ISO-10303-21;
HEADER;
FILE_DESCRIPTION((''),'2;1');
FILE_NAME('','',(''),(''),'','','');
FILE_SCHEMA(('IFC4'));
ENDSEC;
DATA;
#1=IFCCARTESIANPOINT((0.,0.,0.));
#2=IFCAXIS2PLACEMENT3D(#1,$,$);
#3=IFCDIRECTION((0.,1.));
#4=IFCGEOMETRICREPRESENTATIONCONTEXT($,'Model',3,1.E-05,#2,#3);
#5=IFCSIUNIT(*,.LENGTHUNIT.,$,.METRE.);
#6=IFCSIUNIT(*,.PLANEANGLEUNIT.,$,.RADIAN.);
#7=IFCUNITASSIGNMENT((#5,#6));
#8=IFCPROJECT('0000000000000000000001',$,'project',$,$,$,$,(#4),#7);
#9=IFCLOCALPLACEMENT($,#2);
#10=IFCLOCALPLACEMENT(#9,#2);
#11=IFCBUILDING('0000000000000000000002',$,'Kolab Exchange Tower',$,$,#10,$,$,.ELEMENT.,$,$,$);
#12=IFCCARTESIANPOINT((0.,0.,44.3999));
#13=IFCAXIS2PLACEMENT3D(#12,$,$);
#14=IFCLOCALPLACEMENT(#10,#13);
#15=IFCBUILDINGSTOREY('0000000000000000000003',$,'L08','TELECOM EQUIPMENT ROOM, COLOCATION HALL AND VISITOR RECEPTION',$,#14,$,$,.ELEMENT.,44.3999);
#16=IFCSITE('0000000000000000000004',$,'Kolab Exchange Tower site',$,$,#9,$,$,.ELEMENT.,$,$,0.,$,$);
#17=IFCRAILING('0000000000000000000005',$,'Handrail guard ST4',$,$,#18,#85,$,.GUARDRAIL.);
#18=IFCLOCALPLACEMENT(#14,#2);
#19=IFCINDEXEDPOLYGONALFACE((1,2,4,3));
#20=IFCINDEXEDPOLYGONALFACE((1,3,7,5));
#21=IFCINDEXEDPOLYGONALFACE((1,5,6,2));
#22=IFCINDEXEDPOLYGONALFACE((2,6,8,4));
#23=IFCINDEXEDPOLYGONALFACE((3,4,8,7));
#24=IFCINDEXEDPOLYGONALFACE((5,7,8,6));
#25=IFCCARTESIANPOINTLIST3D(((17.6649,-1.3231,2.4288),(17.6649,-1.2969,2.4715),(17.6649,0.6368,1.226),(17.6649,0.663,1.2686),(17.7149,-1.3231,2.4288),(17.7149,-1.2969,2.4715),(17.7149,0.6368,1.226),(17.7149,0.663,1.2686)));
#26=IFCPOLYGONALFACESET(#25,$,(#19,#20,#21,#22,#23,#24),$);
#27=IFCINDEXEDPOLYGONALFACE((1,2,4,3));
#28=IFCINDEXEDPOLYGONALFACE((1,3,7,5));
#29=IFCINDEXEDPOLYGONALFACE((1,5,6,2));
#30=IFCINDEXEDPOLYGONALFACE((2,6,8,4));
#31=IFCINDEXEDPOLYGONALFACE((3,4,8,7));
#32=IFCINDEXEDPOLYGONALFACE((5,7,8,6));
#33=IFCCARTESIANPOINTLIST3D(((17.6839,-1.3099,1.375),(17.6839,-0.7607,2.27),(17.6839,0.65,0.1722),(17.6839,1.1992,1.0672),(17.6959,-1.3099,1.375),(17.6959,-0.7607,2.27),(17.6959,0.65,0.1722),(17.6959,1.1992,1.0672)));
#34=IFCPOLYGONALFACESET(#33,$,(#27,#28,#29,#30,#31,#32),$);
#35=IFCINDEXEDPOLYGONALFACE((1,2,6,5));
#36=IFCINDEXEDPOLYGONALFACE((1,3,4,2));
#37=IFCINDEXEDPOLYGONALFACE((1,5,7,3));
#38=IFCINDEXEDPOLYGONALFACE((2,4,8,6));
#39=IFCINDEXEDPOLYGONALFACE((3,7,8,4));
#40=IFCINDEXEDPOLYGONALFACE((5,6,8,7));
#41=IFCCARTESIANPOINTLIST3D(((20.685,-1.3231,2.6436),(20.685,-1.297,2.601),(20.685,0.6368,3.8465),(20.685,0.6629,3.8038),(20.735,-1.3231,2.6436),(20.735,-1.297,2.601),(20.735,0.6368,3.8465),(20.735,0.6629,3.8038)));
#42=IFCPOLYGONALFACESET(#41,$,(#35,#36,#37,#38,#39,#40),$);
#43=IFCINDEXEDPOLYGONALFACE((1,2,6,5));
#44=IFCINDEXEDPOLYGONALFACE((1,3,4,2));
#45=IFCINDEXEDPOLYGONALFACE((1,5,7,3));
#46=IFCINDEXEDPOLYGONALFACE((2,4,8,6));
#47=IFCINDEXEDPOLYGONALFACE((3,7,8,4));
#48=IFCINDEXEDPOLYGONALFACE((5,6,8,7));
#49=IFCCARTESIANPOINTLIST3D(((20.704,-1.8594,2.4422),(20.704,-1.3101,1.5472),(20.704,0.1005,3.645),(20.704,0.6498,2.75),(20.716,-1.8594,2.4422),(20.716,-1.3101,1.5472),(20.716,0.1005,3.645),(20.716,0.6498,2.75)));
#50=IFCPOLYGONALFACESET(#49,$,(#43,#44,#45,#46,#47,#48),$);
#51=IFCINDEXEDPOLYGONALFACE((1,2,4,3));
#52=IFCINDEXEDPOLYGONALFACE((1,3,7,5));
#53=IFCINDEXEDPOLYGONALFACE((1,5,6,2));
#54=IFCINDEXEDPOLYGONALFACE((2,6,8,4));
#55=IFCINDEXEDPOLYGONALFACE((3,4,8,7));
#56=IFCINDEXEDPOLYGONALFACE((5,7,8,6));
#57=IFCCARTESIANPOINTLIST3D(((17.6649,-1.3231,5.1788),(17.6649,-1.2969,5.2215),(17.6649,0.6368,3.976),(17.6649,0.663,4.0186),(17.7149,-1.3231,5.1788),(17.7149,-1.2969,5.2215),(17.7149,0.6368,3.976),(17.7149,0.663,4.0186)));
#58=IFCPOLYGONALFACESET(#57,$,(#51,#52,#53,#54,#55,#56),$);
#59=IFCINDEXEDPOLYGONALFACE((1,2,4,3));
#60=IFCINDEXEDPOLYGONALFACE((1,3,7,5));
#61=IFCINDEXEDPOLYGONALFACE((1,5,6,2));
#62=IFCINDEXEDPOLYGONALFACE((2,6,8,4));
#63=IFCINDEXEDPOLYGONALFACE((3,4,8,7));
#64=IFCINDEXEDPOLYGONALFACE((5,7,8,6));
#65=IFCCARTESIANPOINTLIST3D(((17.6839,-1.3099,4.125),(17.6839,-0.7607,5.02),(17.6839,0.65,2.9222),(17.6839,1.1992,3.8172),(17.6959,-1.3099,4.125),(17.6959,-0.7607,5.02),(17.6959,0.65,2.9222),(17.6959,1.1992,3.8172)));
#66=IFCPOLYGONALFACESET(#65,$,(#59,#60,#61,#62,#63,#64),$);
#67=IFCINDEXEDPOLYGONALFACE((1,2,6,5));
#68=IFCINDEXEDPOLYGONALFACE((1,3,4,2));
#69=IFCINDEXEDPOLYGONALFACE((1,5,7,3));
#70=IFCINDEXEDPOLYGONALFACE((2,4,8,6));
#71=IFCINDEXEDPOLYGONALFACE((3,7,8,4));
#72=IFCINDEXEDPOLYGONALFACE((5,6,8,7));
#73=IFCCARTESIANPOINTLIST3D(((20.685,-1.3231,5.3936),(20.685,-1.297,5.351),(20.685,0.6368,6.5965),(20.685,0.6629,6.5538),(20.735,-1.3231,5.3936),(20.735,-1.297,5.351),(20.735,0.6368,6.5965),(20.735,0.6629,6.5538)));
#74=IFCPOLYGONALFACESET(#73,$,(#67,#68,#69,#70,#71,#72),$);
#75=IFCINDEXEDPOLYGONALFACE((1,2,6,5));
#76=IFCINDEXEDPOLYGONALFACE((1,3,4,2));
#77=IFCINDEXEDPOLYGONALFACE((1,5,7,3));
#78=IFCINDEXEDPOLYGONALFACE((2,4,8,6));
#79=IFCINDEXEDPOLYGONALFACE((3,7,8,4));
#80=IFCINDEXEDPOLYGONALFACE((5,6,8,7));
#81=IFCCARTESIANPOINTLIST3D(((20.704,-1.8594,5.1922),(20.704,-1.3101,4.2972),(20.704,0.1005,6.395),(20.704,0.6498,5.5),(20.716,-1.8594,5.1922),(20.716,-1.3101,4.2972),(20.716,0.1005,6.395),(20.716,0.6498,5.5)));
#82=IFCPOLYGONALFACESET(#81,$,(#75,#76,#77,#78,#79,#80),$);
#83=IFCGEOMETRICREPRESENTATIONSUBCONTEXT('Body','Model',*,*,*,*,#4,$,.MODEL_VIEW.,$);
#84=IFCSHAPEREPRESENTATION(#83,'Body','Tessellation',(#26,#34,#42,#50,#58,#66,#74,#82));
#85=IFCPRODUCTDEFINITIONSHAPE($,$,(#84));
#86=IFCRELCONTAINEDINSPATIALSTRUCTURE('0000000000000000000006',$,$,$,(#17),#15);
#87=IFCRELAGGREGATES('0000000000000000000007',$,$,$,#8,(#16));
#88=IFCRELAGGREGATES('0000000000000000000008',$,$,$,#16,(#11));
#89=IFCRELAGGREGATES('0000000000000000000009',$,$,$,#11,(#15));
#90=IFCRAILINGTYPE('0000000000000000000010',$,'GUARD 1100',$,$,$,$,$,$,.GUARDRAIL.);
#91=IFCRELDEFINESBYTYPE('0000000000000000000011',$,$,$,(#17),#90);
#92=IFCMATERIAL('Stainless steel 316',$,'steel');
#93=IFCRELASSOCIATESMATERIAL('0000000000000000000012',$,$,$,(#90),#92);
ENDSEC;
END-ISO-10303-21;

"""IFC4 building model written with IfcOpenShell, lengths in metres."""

from ifc_helpers import new_model, si_unit, direction, frame, frame_2d, origin, origin_2d, place, context, subcontext, project, spatial, rectangle, extrude, material, type_object, element, save


model = new_model("IFC4")

# Units and contexts
model_context = context("Model", 3, precision=1e-05, world=origin(), true_north=direction((0.0, 1.0)))
body_context = subcontext(model_context, "Body", "Model", "MODEL_VIEW")
ifc_project = project(units=[si_unit("LENGTHUNIT", "METRE"), si_unit("PLANEANGLEUNIT", "RADIAN")], contexts=[model_context])

# Site, building, storey
site_placement = place(None, origin())
site = spatial("IfcSite", under=ifc_project, at=site_placement, Name="Kolab Exchange Tower site", CompositionType="ELEMENT", RefElevation=0.0)
building_placement = place(site_placement, origin())
building = spatial("IfcBuilding", under=site, at=building_placement, Name="Kolab Exchange Tower", CompositionType="ELEMENT")
storey_placement = place(building_placement, frame((0.0, 0.0, 44.3999)))
storey = spatial("IfcBuildingStorey", under=building, at=storey_placement, Name="L08", Description="TELECOM EQUIPMENT ROOM, COLOCATION HALL AND VISITOR RECEPTION", CompositionType="ELEMENT", Elevation=44.3999)

# Railing
ifc_material_1 = material(Name="Stainless steel 316", Category="steel")
railing_type = type_object("IfcRailingType", Name="GUARD 1100", PredefinedType="GUARDRAIL", material=ifc_material_1)
railing_placement = place(storey_placement, frame((17.6899, 0.6499, 0.1721)))
element("IfcRailing", 1, at=railing_placement, inside=storey, type_object=railing_type, Name="Handrail guard ST4", PredefinedType="GUARDRAIL", context=body_context, shape_type="SweptSolid", body=[
    extrude(rectangle(XDim=0.05, YDim=0.05, at=origin_2d()), frame((0.0, 0.0, 1.0752), z_axis=(0.0, -0.852288, 0.523072), x_axis=(1.0, 0.0, 0.0)), (0.0, 0.0, 1.0), 2.2996),
    extrude(rectangle(XDim=0.012, YDim=1.0501, at=frame_2d((0.0, 0.5251))), frame((0.0, 0.0, 0.0), z_axis=(0.0, -0.852288, 0.523072), x_axis=(1.0, 0.0, 0.0)), (0.0, 0.0, 1.0), 2.2996),
    extrude(rectangle(XDim=0.05, YDim=0.05, at=origin_2d()), frame((3.02, -1.96, 2.4502), z_axis=(0.0, 0.852288, 0.523072), x_axis=(-1.0, 0.0, 0.0)), (0.0, 0.0, 1.0), 2.2996),
    extrude(rectangle(XDim=0.012, YDim=1.0501, at=frame_2d((0.0, 0.5251))), frame((3.02, -1.96, 1.375), z_axis=(0.0, 0.852288, 0.523072), x_axis=(-1.0, 0.0, 0.0)), (0.0, 0.0, 1.0), 2.2996),
    extrude(rectangle(XDim=0.05, YDim=0.05, at=origin_2d()), frame((0.0, 0.0, 3.8252), z_axis=(0.0, -0.852288, 0.523072), x_axis=(1.0, 0.0, 0.0)), (0.0, 0.0, 1.0), 2.2996),
    extrude(rectangle(XDim=0.012, YDim=1.0501, at=frame_2d((0.0, 0.5251))), frame((0.0, 0.0, 2.75), z_axis=(0.0, -0.852288, 0.523072), x_axis=(1.0, 0.0, 0.0)), (0.0, 0.0, 1.0), 2.2996),
    extrude(rectangle(XDim=0.05, YDim=0.05, at=origin_2d()), frame((3.02, -1.96, 5.2002), z_axis=(0.0, 0.852288, 0.523072), x_axis=(-1.0, 0.0, 0.0)), (0.0, 0.0, 1.0), 2.2996),
    extrude(rectangle(XDim=0.012, YDim=1.0501, at=frame_2d((0.0, 0.5251))), frame((3.02, -1.96, 4.125), z_axis=(0.0, 0.852288, 0.523072), x_axis=(-1.0, 0.0, 0.0)), (0.0, 0.0, 1.0), 2.2996),
])

save(model, "model.ifc")
